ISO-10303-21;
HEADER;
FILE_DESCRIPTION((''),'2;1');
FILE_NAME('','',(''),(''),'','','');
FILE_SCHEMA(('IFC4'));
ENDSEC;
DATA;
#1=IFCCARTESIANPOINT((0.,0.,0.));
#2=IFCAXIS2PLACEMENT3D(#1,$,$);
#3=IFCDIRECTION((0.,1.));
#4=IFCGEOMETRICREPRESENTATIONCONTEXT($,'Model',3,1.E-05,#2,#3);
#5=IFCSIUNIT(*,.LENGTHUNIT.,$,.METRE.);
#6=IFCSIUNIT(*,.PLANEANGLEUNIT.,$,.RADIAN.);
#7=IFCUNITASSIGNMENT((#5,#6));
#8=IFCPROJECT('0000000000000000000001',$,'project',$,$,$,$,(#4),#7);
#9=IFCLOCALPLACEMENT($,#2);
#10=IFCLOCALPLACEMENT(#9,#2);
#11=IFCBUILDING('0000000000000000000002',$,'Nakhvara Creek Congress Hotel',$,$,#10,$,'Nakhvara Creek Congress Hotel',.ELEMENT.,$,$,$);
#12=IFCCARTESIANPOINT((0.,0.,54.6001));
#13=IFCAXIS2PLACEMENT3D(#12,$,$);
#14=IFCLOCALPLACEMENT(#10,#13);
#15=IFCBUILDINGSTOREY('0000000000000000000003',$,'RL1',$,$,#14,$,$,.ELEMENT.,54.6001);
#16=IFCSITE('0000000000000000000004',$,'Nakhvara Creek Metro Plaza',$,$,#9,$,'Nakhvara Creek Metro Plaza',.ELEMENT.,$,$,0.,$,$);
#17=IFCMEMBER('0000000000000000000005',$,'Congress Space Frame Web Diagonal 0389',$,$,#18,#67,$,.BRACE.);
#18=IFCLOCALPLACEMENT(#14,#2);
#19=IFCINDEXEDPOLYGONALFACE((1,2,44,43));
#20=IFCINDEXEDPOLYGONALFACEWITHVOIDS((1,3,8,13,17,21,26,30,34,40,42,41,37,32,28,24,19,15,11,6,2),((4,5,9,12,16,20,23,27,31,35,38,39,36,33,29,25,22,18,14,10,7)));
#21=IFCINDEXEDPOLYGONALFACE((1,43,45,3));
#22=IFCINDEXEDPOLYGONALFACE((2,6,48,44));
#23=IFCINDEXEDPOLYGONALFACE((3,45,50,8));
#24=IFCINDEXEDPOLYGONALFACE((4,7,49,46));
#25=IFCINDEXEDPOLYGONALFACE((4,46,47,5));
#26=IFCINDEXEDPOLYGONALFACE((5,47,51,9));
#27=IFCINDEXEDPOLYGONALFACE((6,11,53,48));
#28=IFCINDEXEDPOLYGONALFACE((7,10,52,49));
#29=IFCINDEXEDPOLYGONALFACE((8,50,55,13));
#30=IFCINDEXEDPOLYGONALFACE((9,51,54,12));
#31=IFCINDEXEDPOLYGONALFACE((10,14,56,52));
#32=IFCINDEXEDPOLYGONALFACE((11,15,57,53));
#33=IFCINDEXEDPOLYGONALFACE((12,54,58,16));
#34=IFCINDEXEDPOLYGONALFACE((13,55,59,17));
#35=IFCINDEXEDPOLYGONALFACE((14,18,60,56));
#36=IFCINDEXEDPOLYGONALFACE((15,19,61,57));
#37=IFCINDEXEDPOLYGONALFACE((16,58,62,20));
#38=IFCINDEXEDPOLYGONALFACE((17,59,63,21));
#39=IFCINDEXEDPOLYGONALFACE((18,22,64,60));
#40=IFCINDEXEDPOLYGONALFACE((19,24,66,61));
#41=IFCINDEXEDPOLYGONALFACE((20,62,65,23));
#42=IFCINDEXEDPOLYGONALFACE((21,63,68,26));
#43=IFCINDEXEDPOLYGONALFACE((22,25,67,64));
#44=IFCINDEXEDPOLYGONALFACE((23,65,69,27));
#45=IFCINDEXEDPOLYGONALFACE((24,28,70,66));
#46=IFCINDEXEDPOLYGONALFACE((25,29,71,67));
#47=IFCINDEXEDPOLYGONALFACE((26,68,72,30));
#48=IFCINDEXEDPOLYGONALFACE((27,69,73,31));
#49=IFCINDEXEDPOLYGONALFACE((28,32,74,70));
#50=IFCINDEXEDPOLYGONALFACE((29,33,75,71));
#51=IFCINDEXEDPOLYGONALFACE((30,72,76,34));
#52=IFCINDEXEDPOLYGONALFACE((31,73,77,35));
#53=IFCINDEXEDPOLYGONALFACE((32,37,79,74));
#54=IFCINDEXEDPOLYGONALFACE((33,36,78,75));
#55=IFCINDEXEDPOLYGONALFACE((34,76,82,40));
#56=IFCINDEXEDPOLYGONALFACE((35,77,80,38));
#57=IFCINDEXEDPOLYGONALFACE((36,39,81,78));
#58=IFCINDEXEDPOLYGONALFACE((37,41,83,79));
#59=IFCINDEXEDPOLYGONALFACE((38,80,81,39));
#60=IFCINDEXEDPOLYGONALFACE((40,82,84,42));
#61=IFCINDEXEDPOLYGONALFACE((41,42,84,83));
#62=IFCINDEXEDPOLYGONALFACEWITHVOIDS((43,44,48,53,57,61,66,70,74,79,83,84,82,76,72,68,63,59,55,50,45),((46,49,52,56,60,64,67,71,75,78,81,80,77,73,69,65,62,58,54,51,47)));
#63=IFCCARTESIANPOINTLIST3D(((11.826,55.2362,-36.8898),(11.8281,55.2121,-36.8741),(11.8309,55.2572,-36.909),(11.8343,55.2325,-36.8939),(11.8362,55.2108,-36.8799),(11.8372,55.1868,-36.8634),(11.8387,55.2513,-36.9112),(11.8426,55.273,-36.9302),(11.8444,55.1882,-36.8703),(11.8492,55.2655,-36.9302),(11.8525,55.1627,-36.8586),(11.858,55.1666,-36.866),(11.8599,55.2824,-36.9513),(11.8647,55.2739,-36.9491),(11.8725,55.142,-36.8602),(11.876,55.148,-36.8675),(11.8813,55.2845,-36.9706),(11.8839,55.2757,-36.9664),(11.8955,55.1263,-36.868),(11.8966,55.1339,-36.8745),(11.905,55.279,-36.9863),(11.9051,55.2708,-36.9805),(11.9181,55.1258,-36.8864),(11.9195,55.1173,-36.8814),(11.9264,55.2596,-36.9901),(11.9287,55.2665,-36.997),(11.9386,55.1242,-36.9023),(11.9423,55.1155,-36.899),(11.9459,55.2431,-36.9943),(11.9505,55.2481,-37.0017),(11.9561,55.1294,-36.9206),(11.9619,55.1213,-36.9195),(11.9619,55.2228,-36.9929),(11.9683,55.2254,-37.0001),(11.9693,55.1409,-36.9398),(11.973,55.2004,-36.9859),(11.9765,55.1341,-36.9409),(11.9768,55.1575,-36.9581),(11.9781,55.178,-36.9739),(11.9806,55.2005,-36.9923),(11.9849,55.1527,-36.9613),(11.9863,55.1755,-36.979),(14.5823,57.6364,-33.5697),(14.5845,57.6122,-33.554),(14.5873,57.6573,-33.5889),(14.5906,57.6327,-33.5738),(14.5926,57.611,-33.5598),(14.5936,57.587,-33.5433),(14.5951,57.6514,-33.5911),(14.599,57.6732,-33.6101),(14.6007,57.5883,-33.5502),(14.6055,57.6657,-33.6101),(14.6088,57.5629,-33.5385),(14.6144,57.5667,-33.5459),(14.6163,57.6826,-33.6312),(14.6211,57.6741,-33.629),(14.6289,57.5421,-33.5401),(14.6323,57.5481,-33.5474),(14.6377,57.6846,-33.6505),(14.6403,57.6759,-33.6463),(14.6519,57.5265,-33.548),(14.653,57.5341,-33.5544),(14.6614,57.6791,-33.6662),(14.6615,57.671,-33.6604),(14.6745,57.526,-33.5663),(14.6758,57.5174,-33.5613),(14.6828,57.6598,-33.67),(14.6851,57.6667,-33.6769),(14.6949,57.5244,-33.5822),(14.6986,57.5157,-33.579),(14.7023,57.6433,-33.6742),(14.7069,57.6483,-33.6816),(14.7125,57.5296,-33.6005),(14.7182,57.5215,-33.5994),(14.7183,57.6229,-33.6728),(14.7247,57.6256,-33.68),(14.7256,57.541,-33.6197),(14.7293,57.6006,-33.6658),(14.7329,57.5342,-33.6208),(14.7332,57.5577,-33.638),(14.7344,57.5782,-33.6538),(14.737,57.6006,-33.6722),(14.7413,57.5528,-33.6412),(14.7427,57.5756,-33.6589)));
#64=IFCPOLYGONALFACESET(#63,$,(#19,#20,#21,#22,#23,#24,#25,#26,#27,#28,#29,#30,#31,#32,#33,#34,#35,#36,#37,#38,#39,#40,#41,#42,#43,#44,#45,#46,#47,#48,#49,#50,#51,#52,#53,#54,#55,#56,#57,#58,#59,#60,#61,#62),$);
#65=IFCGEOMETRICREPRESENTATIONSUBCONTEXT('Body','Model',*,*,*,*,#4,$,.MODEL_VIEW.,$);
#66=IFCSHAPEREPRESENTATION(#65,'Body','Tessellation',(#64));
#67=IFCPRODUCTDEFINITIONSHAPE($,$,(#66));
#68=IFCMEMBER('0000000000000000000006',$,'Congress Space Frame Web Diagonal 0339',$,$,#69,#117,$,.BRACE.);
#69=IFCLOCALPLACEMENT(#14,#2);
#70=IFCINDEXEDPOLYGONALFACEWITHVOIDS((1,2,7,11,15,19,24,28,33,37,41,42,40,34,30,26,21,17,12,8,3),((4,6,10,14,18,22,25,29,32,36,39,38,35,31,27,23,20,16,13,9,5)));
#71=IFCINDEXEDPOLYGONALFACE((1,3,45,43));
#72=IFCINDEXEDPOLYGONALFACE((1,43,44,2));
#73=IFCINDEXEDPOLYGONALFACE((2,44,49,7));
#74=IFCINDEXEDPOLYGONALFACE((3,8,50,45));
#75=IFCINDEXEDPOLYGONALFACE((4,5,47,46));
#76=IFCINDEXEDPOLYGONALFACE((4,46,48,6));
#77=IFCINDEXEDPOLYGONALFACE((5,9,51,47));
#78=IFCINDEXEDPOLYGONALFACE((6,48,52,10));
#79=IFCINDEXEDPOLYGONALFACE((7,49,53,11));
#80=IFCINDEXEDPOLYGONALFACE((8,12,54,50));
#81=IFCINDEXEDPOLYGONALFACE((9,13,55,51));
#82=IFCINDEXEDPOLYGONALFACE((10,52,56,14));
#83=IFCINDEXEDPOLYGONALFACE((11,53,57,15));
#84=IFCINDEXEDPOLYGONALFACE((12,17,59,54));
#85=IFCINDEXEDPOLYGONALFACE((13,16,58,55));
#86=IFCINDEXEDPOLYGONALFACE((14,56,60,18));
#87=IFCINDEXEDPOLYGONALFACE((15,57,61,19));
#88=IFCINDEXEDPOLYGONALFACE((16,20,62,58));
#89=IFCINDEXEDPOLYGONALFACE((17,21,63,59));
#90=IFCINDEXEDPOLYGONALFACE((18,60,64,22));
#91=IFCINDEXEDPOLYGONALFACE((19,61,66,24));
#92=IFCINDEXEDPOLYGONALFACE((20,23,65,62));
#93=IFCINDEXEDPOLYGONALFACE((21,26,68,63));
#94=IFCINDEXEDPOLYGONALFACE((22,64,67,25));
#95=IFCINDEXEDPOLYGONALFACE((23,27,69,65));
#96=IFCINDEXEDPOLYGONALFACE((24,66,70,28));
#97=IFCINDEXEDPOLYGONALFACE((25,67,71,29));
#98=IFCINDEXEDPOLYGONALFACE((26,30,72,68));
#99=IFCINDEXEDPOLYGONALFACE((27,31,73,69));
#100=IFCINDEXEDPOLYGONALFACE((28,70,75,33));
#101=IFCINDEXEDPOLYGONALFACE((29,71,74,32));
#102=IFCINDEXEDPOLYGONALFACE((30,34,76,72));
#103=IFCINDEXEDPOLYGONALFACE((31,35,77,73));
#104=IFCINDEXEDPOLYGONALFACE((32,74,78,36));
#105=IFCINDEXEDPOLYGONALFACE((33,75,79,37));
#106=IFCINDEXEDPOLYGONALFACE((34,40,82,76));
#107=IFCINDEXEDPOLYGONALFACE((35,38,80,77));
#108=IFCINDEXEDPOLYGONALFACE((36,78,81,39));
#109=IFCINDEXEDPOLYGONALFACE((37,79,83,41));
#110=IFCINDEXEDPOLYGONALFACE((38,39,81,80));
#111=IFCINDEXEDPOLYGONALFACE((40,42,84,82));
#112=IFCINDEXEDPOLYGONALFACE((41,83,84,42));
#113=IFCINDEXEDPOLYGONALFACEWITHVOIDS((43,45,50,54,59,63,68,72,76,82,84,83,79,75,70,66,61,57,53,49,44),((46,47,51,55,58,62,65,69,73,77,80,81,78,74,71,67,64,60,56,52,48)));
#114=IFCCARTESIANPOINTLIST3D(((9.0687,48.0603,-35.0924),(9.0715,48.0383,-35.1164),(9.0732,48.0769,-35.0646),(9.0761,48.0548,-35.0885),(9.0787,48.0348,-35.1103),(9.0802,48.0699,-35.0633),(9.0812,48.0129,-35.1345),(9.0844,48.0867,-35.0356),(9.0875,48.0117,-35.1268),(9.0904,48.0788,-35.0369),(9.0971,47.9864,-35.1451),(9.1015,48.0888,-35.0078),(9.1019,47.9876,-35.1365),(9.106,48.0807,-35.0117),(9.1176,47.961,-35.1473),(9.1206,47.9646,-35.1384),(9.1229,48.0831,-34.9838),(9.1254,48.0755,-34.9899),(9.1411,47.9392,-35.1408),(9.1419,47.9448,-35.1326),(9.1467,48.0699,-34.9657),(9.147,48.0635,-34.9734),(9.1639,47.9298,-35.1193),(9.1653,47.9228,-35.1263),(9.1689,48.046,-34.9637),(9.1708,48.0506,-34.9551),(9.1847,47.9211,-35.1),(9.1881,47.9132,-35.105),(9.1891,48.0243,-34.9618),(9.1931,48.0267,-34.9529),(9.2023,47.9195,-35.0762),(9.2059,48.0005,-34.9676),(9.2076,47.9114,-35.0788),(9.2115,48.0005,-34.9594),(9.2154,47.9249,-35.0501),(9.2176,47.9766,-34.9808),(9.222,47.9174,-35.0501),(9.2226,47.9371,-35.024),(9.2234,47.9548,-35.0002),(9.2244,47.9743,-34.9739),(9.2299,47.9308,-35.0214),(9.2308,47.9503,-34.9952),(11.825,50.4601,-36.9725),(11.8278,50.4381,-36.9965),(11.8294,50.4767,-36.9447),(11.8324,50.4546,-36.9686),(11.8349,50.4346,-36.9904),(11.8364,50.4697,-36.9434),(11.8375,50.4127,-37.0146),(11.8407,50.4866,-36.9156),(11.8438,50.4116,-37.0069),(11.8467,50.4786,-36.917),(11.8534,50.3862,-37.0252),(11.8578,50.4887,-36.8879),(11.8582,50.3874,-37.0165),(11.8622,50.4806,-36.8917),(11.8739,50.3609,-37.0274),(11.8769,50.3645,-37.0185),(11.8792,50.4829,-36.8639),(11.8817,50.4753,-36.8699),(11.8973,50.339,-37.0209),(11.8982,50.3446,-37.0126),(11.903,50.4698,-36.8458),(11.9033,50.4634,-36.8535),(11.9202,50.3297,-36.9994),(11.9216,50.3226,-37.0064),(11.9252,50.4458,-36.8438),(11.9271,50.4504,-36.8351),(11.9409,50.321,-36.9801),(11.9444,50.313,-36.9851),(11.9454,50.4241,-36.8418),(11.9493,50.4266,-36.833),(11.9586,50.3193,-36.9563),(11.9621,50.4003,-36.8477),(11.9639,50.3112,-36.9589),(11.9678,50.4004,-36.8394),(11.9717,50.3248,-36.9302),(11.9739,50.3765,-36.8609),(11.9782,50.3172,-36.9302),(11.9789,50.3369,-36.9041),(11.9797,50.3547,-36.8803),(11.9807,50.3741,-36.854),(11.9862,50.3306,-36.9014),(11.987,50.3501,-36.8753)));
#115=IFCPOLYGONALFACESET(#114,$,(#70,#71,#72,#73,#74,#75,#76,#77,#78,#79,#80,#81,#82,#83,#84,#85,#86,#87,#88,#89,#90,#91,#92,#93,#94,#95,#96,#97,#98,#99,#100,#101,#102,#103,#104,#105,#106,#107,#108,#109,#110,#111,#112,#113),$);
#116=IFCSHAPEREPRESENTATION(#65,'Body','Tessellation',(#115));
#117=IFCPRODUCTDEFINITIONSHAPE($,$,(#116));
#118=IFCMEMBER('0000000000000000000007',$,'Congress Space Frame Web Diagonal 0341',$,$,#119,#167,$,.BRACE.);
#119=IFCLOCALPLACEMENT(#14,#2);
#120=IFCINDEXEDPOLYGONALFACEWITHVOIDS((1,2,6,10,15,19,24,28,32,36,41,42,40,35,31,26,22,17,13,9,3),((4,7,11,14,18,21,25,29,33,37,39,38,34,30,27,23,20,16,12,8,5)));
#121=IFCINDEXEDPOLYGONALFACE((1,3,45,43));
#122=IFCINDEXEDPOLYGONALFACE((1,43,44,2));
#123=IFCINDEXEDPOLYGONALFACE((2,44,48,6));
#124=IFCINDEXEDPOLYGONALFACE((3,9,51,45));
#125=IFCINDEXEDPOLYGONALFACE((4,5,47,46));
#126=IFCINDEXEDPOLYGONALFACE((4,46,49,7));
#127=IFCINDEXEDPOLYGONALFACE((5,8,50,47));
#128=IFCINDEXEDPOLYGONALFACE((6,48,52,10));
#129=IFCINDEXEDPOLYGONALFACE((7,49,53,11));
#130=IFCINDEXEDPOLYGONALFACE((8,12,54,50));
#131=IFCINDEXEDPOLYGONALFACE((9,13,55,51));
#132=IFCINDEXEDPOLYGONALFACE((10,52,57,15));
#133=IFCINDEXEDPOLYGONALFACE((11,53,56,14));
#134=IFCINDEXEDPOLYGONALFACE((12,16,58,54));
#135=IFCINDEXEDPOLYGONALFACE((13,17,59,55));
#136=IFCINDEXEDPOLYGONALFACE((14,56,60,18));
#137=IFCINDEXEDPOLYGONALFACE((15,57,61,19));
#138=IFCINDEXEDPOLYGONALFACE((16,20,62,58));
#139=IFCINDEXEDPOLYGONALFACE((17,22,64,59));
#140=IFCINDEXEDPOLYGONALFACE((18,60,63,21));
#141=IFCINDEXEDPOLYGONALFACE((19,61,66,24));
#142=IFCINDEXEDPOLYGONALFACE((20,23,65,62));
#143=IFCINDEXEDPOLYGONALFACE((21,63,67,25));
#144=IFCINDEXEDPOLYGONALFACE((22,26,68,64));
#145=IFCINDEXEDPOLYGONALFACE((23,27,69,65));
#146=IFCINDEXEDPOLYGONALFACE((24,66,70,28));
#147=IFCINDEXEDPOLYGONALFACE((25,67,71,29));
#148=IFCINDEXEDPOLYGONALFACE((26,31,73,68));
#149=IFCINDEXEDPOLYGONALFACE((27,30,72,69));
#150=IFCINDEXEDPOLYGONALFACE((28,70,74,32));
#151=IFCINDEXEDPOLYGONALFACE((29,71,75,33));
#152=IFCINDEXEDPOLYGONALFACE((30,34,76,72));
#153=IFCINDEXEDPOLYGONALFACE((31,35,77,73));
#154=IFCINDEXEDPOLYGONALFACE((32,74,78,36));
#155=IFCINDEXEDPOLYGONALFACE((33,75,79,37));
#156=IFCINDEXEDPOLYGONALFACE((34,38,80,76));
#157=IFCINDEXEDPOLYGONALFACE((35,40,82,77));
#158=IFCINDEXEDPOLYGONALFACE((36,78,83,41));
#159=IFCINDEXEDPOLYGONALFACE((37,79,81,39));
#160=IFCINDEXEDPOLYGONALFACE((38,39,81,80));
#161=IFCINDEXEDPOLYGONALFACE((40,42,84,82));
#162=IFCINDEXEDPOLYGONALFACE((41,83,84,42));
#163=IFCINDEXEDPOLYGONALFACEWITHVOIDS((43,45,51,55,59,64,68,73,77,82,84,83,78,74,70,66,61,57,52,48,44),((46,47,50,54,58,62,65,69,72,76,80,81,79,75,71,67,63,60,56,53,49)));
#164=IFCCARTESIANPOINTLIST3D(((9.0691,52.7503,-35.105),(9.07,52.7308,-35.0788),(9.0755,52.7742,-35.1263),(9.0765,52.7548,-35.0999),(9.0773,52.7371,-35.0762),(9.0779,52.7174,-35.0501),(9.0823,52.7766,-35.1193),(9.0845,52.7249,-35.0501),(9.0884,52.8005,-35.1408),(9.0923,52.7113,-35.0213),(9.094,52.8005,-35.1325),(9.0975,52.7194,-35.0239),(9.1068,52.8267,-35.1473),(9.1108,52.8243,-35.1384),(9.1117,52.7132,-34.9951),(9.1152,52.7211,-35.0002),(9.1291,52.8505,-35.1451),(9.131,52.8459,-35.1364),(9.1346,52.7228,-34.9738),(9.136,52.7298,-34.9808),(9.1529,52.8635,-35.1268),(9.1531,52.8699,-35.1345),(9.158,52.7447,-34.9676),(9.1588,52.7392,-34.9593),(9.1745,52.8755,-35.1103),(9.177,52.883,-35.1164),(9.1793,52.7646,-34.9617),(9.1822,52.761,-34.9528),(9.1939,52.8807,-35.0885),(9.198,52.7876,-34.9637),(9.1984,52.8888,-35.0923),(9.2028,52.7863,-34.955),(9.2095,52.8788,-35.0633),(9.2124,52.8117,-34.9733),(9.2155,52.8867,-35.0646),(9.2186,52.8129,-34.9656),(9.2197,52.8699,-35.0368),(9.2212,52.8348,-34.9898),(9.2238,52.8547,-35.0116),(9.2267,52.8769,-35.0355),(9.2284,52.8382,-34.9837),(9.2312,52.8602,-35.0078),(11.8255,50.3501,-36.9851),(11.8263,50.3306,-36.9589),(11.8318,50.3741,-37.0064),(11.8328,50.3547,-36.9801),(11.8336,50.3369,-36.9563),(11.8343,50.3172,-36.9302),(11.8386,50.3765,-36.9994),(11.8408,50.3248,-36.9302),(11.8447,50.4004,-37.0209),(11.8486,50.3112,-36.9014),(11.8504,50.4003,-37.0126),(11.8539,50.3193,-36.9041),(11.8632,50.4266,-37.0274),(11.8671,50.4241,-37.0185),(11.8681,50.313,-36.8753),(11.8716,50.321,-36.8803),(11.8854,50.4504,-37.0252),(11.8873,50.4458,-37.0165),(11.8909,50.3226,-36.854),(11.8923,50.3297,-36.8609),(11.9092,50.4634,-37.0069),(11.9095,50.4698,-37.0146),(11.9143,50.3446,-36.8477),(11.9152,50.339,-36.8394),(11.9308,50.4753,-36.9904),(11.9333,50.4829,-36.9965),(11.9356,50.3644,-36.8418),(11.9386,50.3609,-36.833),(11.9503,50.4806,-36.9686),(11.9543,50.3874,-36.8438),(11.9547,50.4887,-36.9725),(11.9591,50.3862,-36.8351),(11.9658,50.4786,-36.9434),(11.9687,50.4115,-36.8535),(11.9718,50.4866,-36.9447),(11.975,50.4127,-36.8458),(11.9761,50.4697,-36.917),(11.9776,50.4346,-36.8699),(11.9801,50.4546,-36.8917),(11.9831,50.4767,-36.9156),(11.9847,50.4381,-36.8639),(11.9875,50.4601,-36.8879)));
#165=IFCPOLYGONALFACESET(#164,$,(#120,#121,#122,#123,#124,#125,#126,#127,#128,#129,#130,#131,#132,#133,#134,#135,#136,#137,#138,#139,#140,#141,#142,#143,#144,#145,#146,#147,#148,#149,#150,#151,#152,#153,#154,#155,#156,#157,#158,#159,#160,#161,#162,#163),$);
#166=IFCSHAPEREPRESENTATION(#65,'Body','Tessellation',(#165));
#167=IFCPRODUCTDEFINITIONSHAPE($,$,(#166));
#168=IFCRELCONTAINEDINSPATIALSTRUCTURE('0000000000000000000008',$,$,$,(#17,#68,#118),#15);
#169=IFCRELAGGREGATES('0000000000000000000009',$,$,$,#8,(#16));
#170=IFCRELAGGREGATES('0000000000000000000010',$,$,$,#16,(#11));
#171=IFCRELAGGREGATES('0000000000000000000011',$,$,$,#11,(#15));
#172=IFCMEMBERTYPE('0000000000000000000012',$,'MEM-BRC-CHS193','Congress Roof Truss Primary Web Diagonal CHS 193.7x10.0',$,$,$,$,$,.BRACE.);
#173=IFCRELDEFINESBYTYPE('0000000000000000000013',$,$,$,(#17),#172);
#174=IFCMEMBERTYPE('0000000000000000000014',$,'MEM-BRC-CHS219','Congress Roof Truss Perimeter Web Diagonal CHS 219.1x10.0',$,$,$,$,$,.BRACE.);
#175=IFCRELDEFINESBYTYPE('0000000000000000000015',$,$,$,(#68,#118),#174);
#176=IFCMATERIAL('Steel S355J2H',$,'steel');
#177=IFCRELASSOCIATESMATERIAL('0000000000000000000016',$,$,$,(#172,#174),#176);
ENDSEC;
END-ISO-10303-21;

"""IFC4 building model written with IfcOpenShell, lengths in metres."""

from ifc_helpers import new_model, si_unit, direction, frame, origin, origin_2d, place, context, subcontext, project, spatial, hollow_circle, extrude, material, material_profile, profile_set, type_object, element, save


model = new_model("IFC4")

# Units and contexts
model_context = context("Model", 3, precision=1e-05, world=origin(), true_north=direction((0.0, 1.0)))
body_context = subcontext(model_context, "Body", "Model", "MODEL_VIEW")
ifc_project = project(units=[si_unit("LENGTHUNIT", "METRE"), si_unit("PLANEANGLEUNIT", "RADIAN")], contexts=[model_context])

# Site, building, storey
site_placement = place(None, origin())
site = spatial("IfcSite", under=ifc_project, at=site_placement, Name="Nakhvara Creek Metro Plaza", LongName="Nakhvara Creek Metro Plaza", CompositionType="ELEMENT", RefElevation=0.0)
building_placement = place(site_placement, origin())
building = spatial("IfcBuilding", under=site, at=building_placement, Name="Nakhvara Creek Congress Hotel", LongName="Nakhvara Creek Congress Hotel", CompositionType="ELEMENT")
storey_placement = place(building_placement, frame((0.0, 0.0, 54.6001)))
storey = spatial("IfcBuildingStorey", under=building, at=storey_placement, Name="RL1", CompositionType="ELEMENT", Elevation=54.6001)

# Members
ifc_material_1 = material(Name="Steel S355J2H", Category="steel")
ifc_material_profile_1 = material_profile(ifc_material_1, hollow_circle(Radius=0.0969, WallThickness=0.01, at=origin_2d()), Name="CHS 193.7x10.0", Category="LoadBearing")
ifc_profile_set_1 = profile_set([ifc_material_profile_1], Name="Steel S355J2H")
member_type_1 = type_object("IfcMemberType", Name="MEM-BRC-CHS193", Description="Congress Roof Truss Primary Web Diagonal CHS 193.7x10.0", PredefinedType="BRACE", material=ifc_profile_set_1)
member_1_placement = place(storey_placement, frame((11.9062, 55.2, -36.9302), z_axis=(0.558224, 0.486085, 0.67239), x_axis=(-0.656696, 0.754155, 0.0)))
element("IfcMember", 1, at=member_1_placement, inside=storey, type_object=member_type_1, Name="Congress Space Frame Web Diagonal 0389", PredefinedType="BRACE", context=body_context, shape_type="SweptSolid", body=[
    extrude(hollow_circle(Radius=0.0969, WallThickness=0.01, at=origin_2d()), origin(), (0.0, 0.0, 1.0), 4.9377),
])
ifc_material_profile_2 = material_profile(ifc_material_1, hollow_circle(Radius=0.1096, WallThickness=0.01, at=origin_2d()), Name="CHS 219.1x10.0", Category="LoadBearing")
ifc_profile_set_2 = profile_set([ifc_material_profile_2], Name="Steel S355J2H")
member_type_2 = type_object("IfcMemberType", Name="MEM-BRC-CHS219", Description="Congress Roof Truss Perimeter Web Diagonal CHS 219.1x10.0", PredefinedType="BRACE", material=ifc_profile_set_2)
member_2_placement = place(storey_placement, frame((11.9062, 50.3999, -36.9302), z_axis=(-0.670649, -0.583922, 0.457455), x_axis=(0.656658, -0.754188, 0.0)))
element("IfcMember", 2, at=member_2_placement, inside=storey, type_object=member_type_2, Name="Congress Space Frame Web Diagonal 0339", PredefinedType="BRACE", context=body_context, shape_type="SweptSolid", body=[
    extrude(hollow_circle(Radius=0.1096, WallThickness=0.01, at=origin_2d()), origin(), (0.0, 0.0, 1.0), 4.1099),
])
member_3_placement = place(storey_placement, frame((11.9062, 50.3999, -36.9302), z_axis=(-0.670626, 0.583961, 0.457439), x_axis=(-0.656696, -0.754155, 0.0)))
element("IfcMember", 3, at=member_3_placement, inside=storey, type_object=member_type_2, Name="Congress Space Frame Web Diagonal 0341", PredefinedType="BRACE", context=body_context, shape_type="SweptSolid", body=[
    extrude(hollow_circle(Radius=0.1096, WallThickness=0.01, at=origin_2d()), origin(), (0.0, 0.0, 1.0), 4.1101),
])

save(model, "model.ifc")
